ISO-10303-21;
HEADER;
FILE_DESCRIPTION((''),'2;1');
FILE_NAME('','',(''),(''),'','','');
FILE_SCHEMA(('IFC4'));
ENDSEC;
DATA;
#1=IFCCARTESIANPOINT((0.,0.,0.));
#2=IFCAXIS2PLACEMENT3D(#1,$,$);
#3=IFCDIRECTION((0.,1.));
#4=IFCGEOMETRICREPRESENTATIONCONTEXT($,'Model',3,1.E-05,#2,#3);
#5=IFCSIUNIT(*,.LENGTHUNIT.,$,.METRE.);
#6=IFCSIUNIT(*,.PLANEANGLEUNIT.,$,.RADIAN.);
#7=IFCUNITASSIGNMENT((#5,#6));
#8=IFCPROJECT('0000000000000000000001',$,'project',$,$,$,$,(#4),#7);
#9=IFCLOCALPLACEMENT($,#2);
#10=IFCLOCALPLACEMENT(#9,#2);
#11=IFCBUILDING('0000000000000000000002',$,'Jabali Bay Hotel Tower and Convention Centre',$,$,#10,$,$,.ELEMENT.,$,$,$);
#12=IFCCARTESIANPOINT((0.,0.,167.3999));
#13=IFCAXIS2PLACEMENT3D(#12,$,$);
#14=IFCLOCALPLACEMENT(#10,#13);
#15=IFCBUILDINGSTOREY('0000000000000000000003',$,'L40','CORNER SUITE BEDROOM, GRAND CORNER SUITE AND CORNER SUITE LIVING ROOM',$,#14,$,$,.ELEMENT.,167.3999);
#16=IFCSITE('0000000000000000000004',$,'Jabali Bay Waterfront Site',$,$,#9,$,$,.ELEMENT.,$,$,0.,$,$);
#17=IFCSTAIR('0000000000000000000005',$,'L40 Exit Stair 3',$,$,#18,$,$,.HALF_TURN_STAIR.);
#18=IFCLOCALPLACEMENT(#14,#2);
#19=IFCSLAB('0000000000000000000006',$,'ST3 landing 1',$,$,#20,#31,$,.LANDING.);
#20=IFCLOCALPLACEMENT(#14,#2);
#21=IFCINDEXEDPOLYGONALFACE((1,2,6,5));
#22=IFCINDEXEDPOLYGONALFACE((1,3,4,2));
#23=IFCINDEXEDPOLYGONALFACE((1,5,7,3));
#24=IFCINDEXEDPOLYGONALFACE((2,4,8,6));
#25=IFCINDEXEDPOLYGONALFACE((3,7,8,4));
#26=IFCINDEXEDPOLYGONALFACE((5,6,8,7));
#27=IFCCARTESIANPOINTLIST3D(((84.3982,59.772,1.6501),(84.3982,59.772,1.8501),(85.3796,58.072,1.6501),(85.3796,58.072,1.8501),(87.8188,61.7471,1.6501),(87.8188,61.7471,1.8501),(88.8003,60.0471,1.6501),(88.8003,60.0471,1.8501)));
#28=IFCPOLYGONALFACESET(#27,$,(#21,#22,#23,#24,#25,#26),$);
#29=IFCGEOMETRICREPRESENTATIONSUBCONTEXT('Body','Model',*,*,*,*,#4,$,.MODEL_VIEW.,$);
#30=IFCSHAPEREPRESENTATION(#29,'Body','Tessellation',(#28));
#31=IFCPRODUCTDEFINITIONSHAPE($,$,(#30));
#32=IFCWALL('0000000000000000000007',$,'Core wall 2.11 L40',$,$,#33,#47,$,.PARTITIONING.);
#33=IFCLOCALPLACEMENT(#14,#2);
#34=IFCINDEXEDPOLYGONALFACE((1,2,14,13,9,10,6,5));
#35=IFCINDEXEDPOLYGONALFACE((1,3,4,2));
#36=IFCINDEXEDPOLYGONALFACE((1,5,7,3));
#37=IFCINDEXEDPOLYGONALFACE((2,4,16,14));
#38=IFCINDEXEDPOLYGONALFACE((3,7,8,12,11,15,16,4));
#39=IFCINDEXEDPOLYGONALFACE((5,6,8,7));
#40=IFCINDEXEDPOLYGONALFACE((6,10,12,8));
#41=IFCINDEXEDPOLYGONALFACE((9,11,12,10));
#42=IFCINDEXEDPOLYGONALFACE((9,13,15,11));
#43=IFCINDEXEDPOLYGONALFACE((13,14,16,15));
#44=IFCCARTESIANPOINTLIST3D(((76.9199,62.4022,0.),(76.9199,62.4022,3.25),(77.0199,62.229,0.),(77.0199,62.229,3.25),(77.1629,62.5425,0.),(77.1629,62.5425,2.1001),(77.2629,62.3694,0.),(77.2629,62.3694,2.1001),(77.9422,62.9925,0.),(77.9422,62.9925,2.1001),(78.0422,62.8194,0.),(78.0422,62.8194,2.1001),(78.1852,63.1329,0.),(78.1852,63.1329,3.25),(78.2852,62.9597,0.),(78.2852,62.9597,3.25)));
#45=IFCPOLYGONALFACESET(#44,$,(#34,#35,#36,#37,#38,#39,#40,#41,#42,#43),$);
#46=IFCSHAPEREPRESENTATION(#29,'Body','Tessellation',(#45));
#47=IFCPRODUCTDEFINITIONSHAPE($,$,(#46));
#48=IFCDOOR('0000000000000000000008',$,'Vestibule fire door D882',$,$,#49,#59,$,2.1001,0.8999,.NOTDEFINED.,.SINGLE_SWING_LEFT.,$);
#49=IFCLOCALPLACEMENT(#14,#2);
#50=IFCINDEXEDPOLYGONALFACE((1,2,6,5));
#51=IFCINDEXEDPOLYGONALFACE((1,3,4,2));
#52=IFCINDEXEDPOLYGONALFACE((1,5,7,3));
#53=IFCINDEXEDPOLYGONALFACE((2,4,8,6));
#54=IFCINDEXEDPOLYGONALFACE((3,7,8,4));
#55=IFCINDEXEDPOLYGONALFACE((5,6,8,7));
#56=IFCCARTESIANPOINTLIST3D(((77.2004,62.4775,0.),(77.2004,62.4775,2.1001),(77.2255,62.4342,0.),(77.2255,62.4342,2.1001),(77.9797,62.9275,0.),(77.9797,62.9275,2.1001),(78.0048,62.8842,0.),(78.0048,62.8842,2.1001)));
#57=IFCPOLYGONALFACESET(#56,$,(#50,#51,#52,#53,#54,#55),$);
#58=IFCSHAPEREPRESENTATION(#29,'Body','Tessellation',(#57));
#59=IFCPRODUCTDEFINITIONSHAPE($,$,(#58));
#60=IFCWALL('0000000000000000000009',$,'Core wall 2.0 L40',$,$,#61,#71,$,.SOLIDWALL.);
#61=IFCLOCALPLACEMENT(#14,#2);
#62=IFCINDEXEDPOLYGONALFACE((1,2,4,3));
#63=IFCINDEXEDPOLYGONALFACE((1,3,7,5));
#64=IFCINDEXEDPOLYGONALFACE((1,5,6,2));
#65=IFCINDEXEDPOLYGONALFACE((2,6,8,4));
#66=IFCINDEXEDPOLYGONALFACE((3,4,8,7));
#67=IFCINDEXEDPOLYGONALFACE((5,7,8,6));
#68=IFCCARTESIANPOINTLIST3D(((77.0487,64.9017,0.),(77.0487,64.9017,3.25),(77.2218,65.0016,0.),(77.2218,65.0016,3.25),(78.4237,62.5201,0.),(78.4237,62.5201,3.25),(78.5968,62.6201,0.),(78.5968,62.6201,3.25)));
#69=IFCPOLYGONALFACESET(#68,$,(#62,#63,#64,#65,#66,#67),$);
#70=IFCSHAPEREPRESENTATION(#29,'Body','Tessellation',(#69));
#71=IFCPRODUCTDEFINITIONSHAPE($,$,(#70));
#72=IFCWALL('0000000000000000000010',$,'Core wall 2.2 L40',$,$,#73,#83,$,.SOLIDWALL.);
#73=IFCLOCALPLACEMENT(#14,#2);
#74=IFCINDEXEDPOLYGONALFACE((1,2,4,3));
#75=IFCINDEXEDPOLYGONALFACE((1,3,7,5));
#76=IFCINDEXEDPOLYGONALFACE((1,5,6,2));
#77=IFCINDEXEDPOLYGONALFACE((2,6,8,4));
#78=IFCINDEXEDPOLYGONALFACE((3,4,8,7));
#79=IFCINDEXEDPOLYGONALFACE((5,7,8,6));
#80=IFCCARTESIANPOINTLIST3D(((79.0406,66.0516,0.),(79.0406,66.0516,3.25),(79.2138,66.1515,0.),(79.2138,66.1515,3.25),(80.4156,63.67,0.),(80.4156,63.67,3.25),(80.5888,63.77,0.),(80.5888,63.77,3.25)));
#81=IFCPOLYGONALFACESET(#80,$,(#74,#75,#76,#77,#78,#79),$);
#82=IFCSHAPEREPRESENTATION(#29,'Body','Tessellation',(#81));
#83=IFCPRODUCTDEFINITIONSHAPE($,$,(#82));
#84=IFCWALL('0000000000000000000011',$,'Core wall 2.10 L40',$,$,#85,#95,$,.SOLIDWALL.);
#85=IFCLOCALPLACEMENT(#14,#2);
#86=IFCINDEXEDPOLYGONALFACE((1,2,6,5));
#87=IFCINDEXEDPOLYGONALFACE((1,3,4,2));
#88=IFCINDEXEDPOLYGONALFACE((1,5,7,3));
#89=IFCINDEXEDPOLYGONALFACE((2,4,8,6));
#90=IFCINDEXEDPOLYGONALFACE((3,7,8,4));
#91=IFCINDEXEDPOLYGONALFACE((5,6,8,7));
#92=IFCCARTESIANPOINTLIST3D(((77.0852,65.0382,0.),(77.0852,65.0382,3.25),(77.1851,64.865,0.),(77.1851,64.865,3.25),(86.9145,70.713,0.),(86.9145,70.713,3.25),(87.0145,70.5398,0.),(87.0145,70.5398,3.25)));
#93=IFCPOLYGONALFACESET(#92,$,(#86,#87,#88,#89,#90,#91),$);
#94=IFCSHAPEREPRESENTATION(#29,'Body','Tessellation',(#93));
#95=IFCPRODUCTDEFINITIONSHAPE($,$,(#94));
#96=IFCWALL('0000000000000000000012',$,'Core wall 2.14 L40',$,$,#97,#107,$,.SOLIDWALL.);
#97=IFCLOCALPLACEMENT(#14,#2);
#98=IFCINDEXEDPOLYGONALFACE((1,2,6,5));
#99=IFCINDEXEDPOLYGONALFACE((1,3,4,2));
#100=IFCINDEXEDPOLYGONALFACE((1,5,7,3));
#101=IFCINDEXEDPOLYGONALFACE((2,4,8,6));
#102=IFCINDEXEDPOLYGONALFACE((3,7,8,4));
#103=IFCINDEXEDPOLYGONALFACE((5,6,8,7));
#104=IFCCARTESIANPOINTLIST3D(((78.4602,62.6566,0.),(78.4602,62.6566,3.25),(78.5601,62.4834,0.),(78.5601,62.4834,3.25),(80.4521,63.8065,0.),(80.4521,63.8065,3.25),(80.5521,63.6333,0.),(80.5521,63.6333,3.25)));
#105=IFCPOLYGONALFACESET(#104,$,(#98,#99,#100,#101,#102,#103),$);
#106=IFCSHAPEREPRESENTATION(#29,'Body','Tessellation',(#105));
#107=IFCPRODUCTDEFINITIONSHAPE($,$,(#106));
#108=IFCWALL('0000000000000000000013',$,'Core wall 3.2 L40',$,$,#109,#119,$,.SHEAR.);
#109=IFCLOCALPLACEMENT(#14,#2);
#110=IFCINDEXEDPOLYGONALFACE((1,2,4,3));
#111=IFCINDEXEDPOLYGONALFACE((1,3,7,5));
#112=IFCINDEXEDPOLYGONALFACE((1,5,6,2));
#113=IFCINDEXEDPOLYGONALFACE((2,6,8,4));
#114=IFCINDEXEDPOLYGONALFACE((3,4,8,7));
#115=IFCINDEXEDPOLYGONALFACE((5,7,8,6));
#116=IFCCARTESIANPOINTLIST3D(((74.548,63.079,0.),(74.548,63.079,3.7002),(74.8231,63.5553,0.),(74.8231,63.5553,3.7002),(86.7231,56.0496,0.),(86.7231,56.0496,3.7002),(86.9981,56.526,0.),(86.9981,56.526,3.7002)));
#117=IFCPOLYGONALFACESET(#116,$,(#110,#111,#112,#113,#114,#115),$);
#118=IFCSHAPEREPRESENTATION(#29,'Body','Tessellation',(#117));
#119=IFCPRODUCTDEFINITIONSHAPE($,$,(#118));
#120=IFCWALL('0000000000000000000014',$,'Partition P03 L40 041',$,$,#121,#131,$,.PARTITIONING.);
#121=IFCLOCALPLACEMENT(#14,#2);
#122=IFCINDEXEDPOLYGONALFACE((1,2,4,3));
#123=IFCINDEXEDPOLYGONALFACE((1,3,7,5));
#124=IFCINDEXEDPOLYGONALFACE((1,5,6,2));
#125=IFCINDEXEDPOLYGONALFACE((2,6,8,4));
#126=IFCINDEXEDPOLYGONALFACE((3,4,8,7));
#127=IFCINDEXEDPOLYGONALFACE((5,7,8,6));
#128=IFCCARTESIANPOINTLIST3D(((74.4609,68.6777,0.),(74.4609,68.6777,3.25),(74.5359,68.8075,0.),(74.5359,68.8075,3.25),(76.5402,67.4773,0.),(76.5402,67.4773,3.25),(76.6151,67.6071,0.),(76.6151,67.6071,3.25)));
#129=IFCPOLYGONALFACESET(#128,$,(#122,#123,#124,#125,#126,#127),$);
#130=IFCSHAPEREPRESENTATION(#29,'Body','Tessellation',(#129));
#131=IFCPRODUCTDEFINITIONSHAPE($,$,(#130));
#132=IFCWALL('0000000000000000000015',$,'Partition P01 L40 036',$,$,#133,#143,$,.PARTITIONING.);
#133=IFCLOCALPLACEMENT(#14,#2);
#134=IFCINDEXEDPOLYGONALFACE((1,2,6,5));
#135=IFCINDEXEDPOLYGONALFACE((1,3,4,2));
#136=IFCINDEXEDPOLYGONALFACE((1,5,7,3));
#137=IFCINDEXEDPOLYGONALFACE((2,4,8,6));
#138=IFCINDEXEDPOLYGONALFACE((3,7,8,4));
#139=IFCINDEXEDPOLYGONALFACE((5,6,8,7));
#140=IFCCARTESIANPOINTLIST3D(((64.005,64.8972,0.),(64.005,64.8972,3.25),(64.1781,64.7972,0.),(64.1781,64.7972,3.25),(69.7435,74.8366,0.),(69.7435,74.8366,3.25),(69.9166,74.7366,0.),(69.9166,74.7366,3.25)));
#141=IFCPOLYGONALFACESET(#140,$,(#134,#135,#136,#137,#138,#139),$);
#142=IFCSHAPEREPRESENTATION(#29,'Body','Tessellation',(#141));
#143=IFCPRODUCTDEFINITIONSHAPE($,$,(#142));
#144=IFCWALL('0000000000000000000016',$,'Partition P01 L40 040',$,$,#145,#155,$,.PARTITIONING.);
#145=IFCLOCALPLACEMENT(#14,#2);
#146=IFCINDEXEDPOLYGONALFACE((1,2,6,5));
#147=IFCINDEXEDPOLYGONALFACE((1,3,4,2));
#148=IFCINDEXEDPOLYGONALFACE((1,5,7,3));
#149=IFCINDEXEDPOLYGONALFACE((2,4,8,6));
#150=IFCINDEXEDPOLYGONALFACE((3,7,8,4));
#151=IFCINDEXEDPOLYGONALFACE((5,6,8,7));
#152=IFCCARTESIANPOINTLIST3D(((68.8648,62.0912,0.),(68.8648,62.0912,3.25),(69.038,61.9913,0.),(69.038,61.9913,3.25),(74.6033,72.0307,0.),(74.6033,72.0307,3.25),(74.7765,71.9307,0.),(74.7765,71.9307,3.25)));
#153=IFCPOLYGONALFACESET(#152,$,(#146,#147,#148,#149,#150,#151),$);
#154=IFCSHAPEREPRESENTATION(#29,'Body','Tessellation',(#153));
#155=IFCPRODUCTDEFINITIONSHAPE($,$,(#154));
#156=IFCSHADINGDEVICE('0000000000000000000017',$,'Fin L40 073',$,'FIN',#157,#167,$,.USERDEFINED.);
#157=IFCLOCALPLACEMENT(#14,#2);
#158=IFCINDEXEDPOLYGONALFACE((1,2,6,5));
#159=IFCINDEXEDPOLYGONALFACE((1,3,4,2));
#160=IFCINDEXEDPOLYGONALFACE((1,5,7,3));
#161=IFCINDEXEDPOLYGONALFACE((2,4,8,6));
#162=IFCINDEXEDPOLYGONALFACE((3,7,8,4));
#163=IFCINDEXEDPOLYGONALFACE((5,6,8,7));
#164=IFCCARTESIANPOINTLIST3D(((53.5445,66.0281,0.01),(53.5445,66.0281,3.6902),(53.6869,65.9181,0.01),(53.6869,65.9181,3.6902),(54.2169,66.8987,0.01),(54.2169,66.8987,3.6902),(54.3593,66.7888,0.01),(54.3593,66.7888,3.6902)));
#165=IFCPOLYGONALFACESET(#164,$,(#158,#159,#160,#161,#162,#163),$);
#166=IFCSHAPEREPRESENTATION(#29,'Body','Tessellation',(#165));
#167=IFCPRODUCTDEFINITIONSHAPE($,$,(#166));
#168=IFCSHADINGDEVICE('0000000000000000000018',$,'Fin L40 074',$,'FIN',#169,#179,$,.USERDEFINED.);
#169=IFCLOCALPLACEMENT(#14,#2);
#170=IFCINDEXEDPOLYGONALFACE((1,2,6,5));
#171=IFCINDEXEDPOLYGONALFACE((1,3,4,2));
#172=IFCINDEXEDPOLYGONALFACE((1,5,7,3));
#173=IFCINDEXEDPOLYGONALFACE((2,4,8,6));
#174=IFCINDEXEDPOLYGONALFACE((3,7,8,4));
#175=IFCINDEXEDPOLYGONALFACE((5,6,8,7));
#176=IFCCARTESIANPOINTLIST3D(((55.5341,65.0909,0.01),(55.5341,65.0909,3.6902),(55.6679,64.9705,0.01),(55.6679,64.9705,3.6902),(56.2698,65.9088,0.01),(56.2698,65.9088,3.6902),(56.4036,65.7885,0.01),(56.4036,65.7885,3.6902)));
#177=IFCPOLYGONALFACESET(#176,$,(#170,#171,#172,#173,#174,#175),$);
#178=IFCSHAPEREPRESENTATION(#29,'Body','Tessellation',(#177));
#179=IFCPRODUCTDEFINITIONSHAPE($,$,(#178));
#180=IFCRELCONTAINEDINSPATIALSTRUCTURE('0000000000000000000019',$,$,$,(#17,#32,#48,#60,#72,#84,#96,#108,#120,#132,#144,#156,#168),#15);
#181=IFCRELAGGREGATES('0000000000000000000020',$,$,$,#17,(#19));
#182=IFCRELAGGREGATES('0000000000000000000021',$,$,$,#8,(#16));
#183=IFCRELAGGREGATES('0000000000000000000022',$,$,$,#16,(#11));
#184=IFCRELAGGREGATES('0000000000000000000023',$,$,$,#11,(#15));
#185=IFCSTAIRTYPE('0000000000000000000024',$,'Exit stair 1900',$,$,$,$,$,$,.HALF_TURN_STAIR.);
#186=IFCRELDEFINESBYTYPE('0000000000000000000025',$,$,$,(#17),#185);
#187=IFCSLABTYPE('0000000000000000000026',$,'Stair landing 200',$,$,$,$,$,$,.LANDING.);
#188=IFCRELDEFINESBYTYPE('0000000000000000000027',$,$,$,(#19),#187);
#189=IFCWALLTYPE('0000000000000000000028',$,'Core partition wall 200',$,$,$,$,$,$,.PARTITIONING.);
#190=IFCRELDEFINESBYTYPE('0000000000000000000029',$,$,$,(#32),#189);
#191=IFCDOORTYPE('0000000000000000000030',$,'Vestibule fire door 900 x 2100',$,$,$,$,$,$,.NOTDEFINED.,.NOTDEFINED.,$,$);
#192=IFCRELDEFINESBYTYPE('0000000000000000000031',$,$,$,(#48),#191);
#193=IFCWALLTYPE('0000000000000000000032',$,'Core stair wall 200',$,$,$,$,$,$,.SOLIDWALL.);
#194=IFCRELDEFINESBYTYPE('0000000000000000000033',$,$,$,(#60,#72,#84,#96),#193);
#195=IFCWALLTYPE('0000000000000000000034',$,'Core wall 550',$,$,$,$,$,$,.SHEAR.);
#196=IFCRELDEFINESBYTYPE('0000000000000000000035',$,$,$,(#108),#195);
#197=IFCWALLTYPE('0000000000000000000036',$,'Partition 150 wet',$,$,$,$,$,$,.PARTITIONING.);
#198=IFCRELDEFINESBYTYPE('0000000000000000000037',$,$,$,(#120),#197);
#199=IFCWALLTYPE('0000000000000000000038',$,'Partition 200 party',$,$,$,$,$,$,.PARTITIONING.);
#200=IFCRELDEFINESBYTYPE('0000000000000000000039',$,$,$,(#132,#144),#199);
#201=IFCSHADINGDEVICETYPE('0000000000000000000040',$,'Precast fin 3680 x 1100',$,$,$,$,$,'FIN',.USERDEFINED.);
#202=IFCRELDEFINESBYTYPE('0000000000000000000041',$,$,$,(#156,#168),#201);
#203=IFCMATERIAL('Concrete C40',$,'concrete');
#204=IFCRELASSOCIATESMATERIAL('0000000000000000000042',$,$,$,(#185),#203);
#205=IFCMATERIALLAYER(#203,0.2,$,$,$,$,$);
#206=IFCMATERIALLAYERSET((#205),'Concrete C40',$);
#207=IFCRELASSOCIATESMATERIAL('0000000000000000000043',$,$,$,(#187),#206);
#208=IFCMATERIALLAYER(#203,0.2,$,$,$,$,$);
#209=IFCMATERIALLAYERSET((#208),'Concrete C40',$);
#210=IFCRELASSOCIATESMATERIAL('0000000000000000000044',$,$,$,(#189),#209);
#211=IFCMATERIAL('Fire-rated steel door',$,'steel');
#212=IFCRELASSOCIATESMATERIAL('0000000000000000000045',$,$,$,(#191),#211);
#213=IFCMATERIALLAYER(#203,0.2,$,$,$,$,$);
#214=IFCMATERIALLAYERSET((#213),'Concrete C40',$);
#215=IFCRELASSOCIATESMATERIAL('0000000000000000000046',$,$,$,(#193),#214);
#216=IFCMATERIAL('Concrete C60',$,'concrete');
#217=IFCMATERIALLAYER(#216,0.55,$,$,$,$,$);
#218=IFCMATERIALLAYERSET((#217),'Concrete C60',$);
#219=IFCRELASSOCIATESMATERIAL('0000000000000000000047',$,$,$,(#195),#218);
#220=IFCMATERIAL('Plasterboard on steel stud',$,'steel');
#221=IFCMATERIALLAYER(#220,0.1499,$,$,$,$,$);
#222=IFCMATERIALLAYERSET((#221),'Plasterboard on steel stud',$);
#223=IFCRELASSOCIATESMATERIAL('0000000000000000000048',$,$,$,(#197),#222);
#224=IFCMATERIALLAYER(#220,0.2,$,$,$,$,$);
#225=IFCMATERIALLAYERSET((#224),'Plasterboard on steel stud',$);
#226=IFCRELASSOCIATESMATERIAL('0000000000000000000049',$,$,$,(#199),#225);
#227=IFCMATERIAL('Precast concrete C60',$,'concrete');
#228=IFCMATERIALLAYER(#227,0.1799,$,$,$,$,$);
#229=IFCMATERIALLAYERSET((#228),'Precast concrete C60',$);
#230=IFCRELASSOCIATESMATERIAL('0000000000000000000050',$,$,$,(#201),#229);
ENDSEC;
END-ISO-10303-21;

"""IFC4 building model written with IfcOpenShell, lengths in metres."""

from ifc_helpers import new_model, si_unit, direction, frame, frame_2d, origin, place, context, subcontext, project, spatial, polyline, rectangle, outline, extrude, material, layer, layer_set, type_object, element, fill, aggregate, save


model = new_model("IFC4")

# Units and contexts
model_context = context("Model", 3, precision=1e-05, world=origin(), true_north=direction((0.0, 1.0)))
body_context = subcontext(model_context, "Body", "Model", "MODEL_VIEW")
ifc_project = project(units=[si_unit("LENGTHUNIT", "METRE"), si_unit("PLANEANGLEUNIT", "RADIAN")], contexts=[model_context])

# Site, building, storey
site_placement = place(None, origin())
site = spatial("IfcSite", under=ifc_project, at=site_placement, Name="Jabali Bay Waterfront Site", CompositionType="ELEMENT", RefElevation=0.0)
building_placement = place(site_placement, origin())
building = spatial("IfcBuilding", under=site, at=building_placement, Name="Jabali Bay Hotel Tower and Convention Centre", CompositionType="ELEMENT")
storey_placement = place(building_placement, frame((0.0, 0.0, 167.3999)))
storey = spatial("IfcBuildingStorey", under=building, at=storey_placement, Name="L40", Description="CORNER SUITE BEDROOM, GRAND CORNER SUITE AND CORNER SUITE LIVING ROOM", CompositionType="ELEMENT", Elevation=167.3999)

# Shared definitions
ifc_material_1 = material(Name="Concrete C60", Category="concrete")

# Shared definitions
ifc_material_2 = material(Name="Concrete C40", Category="concrete")

# Stair, slab
stair_type = type_object("IfcStairType", Name="Exit stair 1900", PredefinedType="HALF_TURN_STAIR", material=ifc_material_2)
ifc_layer_1 = layer(ifc_material_2, 0.2)
ifc_layer_set_1 = layer_set([ifc_layer_1], Name="Concrete C40")
slab_type_1 = type_object("IfcSlabType", Name="Stair landing 200", PredefinedType="LANDING", material=ifc_layer_set_1)
stair_1_placement = place(storey_placement, origin())
stair_1 = element("IfcStair", 1, at=stair_1_placement, inside=storey, type_object=stair_type, Name="L40 Exit Stair 3", PredefinedType="HALF_TURN_STAIR")
slab_1_placement = place(storey_placement, frame((0.0, 0.0, 1.6501)))
slab_1 = element("IfcSlab", 2, at=slab_1_placement, type_object=slab_type_1, Name="ST3 landing 1", PredefinedType="LANDING", context=body_context, shape_type="SweptSolid", body=[
    extrude(outline(polyline([(84.3982, 59.772), (85.3796, 58.072), (88.8003, 60.0471), (87.8188, 61.7471), (84.3982, 59.772)])), origin(), (0.0, 0.0, 1.0), 0.2),
])
aggregate(stair_1, [slab_1])

# Wall, opening, door
ifc_layer_2 = layer(ifc_material_2, 0.2)
ifc_layer_set_2 = layer_set([ifc_layer_2], Name="Concrete C40")
wall_type_1 = type_object("IfcWallType", Name="Core partition wall 200", PredefinedType="PARTITIONING", material=ifc_layer_set_2)
wall_1_placement = place(storey_placement, frame((76.97, 62.3157, 0.0), z_axis=(0.0, 0.0, 1.0), x_axis=(0.865982, 0.500074, 0.0)))
wall_1 = element("IfcWall", 3, at=wall_1_placement, inside=storey, type_object=wall_type_1, Name="Core wall 2.11 L40", PredefinedType="PARTITIONING", context=body_context, shape_type="SweptSolid", body=[
    extrude(rectangle(XDim=1.4612, YDim=0.2, at=frame_2d((0.7305, 0.0))), origin(), (0.0, 0.0, 1.0), 3.25),
])
opening_placement = place(wall_1_placement, frame((0.2805, 0.0, 0.0)))
opening = element("IfcOpeningElement", 4, at=opening_placement, cuts=wall_1, PredefinedType="OPENING", context=body_context, shape_type="SweptSolid", body=[
    extrude(rectangle(XDim=0.8999, YDim=2.1001, at=frame_2d((0.45, 1.05))), frame((0.0, 0.1104, 0.0), z_axis=(0.0, -1.0, 0.0), x_axis=(1.0, 0.0, 0.0)), (0.0, 0.0, 1.0), 0.2209),
])
ifc_material_3 = material(Name="Fire-rated steel door", Category="steel")
door_type = type_object("IfcDoorType", Name="Vestibule fire door 900 x 2100", OperationType="NOTDEFINED", PredefinedType="NOTDEFINED", material=ifc_material_3)
door_placement = place(opening_placement, origin())
door = element("IfcDoor", 5, at=door_placement, inside=storey, type_object=door_type, Name="Vestibule fire door D882", OperationType="SINGLE_SWING_LEFT", OverallHeight=2.1001, OverallWidth=0.8999, PredefinedType="NOTDEFINED", context=body_context, shape_type="SweptSolid", body=[
    extrude(rectangle(XDim=0.8999, YDim=2.1001, at=frame_2d((0.45, 1.05))), frame((0.0, 0.0249, 0.0), z_axis=(0.0, -1.0, 0.0), x_axis=(1.0, 0.0, 0.0)), (0.0, 0.0, 1.0), 0.05),
])
fill(opening, door)

# Walls
ifc_layer_3 = layer(ifc_material_2, 0.2)
ifc_layer_set_3 = layer_set([ifc_layer_3], Name="Concrete C40")
wall_type_2 = type_object("IfcWallType", Name="Core stair wall 200", PredefinedType="SOLIDWALL", material=ifc_layer_set_3)
for number, where, z_axis, x_axis, name in (
    (6, (77.1353, 64.9517, 0.0), (0.0, 0.0, 1.0), (0.499997, -0.866027, 0.0), "Core wall 2.0 L40"),
    (7, (79.1272, 66.1016, 0.0), (0.0, 0.0, 1.0), (0.499997, -0.866027, 0.0), "Core wall 2.2 L40"),
):
    element("IfcWall", number, at=place(storey_placement, frame(where, z_axis=z_axis, x_axis=x_axis)), inside=storey, type_object=wall_type_2, Name=name, PredefinedType="SOLIDWALL", context=body_context, shape_type="SweptSolid", body=[
        extrude(rectangle(XDim=2.75, YDim=0.2, at=frame_2d((1.375, 0.0))), origin(), (0.0, 0.0, 1.0), 3.25),
    ])
wall_2_placement = place(storey_placement, frame((77.1353, 64.9517, 0.0), z_axis=(0.0, 0.0, 1.0), x_axis=(0.866032, 0.499989, 0.0)))
element("IfcWall", 8, at=wall_2_placement, inside=storey, type_object=wall_type_2, Name="Core wall 2.10 L40", PredefinedType="SOLIDWALL", context=body_context, shape_type="SweptSolid", body=[
    extrude(rectangle(XDim=11.3499, YDim=0.2, at=frame_2d((5.6748, 0.0))), origin(), (0.0, 0.0, 1.0), 3.25),
])
wall_3_placement = place(storey_placement, frame((78.5103, 62.5701, 0.0), z_axis=(0.0, 0.0, 1.0), x_axis=(0.866053, 0.499952, 0.0)))
element("IfcWall", 9, at=wall_3_placement, inside=storey, type_object=wall_type_2, Name="Core wall 2.14 L40", PredefinedType="SOLIDWALL", context=body_context, shape_type="SweptSolid", body=[
    extrude(rectangle(XDim=2.3, YDim=0.2, at=frame_2d((1.1499, 0.0))), origin(), (0.0, 0.0, 1.0), 3.25),
])
ifc_layer_4 = layer(ifc_material_1, 0.55)
ifc_layer_set_4 = layer_set([ifc_layer_4], Name="Concrete C60")
wall_type_3 = type_object("IfcWallType", Name="Core wall 550", PredefinedType="SHEAR", material=ifc_layer_set_4)
wall_4_placement = place(storey_placement, frame((74.6855, 63.3171, 0.0), z_axis=(0.0, 0.0, 1.0), x_axis=(0.866025, -0.500002, 0.0)))
element("IfcWall", 10, at=wall_4_placement, inside=storey, type_object=wall_type_3, Name="Core wall 3.2 L40", PredefinedType="SHEAR", context=body_context, shape_type="SweptSolid", body=[
    extrude(rectangle(XDim=14.0586, YDim=0.55, at=frame_2d((7.0293, 0.0))), origin(), (0.0, 0.0, 1.0), 3.7002),
])
ifc_material_4 = material(Name="Plasterboard on steel stud", Category="steel")
ifc_layer_5 = layer(ifc_material_4, 0.1499)
ifc_layer_set_5 = layer_set([ifc_layer_5], Name="Plasterboard on steel stud")
wall_type_4 = type_object("IfcWallType", Name="Partition 150 wet", PredefinedType="PARTITIONING", material=ifc_layer_set_5)
wall_5_placement = place(storey_placement, frame((76.5776, 67.5422, 0.0), z_axis=(0.0, 0.0, 1.0), x_axis=(-0.866038, 0.499978, 0.0)))
element("IfcWall", 11, at=wall_5_placement, inside=storey, type_object=wall_type_4, Name="Partition P03 L40 041", PredefinedType="PARTITIONING", context=body_context, shape_type="SweptSolid", body=[
    extrude(rectangle(XDim=2.4009, YDim=0.1499, at=frame_2d((1.2004, 0.0))), origin(), (0.0, 0.0, 1.0), 3.25),
])
ifc_layer_6 = layer(ifc_material_4, 0.2)
ifc_layer_set_6 = layer_set([ifc_layer_6], Name="Plasterboard on steel stud")
wall_type_5 = type_object("IfcWallType", Name="Partition 200 party", PredefinedType="PARTITIONING", material=ifc_layer_set_6)
for number, where, z_axis, x_axis, name in (
    (12, (64.0916, 64.8472, 0.0), (0.0, 0.0, 1.0), (0.499999, 0.866026, 0.0), "Partition P01 L40 036"),
    (13, (68.9514, 62.0413, 0.0), (0.0, 0.0, 1.0), (0.499999, 0.866026, 0.0), "Partition P01 L40 040"),
):
    element("IfcWall", number, at=place(storey_placement, frame(where, z_axis=z_axis, x_axis=x_axis)), inside=storey, type_object=wall_type_5, Name=name, PredefinedType="PARTITIONING", context=body_context, shape_type="SweptSolid", body=[
        extrude(rectangle(XDim=11.4771, YDim=0.2, at=frame_2d((5.7385, 0.0))), origin(), (0.0, 0.0, 1.0), 3.25),
    ])

# Shading devices
ifc_material_5 = material(Name="Precast concrete C60", Category="concrete")
ifc_layer_7 = layer(ifc_material_5, 0.1799)
ifc_layer_set_7 = layer_set([ifc_layer_7], Name="Precast concrete C60")
shading_device_type_1 = type_object("IfcShadingDeviceType", Name="Precast fin 3680 x 1100", ElementType="FIN", PredefinedType="USERDEFINED", material=ifc_layer_set_7)
for number, where, z_axis, x_axis, name in (
    (14, (54.2881, 66.8438, 0.01), (0.0, 0.0, 1.0), (-0.611233, -0.791451, 0.0), "Fin L40 073"),
    (15, (56.3367, 65.8486, 0.01), (0.0, 0.0, 1.0), (-0.668719, -0.743515, 0.0), "Fin L40 074"),
):
    element("IfcShadingDevice", number, at=place(storey_placement, frame(where, z_axis=z_axis, x_axis=x_axis)), inside=storey, type_object=shading_device_type_1, Name=name, ObjectType="FIN", PredefinedType="USERDEFINED", context=body_context, shape_type="SweptSolid", body=[
        extrude(rectangle(XDim=1.1001, YDim=0.1799, at=frame_2d((0.55, 0.0))), origin(), (0.0, 0.0, 1.0), 3.6802),
    ])

save(model, "model.ifc")
